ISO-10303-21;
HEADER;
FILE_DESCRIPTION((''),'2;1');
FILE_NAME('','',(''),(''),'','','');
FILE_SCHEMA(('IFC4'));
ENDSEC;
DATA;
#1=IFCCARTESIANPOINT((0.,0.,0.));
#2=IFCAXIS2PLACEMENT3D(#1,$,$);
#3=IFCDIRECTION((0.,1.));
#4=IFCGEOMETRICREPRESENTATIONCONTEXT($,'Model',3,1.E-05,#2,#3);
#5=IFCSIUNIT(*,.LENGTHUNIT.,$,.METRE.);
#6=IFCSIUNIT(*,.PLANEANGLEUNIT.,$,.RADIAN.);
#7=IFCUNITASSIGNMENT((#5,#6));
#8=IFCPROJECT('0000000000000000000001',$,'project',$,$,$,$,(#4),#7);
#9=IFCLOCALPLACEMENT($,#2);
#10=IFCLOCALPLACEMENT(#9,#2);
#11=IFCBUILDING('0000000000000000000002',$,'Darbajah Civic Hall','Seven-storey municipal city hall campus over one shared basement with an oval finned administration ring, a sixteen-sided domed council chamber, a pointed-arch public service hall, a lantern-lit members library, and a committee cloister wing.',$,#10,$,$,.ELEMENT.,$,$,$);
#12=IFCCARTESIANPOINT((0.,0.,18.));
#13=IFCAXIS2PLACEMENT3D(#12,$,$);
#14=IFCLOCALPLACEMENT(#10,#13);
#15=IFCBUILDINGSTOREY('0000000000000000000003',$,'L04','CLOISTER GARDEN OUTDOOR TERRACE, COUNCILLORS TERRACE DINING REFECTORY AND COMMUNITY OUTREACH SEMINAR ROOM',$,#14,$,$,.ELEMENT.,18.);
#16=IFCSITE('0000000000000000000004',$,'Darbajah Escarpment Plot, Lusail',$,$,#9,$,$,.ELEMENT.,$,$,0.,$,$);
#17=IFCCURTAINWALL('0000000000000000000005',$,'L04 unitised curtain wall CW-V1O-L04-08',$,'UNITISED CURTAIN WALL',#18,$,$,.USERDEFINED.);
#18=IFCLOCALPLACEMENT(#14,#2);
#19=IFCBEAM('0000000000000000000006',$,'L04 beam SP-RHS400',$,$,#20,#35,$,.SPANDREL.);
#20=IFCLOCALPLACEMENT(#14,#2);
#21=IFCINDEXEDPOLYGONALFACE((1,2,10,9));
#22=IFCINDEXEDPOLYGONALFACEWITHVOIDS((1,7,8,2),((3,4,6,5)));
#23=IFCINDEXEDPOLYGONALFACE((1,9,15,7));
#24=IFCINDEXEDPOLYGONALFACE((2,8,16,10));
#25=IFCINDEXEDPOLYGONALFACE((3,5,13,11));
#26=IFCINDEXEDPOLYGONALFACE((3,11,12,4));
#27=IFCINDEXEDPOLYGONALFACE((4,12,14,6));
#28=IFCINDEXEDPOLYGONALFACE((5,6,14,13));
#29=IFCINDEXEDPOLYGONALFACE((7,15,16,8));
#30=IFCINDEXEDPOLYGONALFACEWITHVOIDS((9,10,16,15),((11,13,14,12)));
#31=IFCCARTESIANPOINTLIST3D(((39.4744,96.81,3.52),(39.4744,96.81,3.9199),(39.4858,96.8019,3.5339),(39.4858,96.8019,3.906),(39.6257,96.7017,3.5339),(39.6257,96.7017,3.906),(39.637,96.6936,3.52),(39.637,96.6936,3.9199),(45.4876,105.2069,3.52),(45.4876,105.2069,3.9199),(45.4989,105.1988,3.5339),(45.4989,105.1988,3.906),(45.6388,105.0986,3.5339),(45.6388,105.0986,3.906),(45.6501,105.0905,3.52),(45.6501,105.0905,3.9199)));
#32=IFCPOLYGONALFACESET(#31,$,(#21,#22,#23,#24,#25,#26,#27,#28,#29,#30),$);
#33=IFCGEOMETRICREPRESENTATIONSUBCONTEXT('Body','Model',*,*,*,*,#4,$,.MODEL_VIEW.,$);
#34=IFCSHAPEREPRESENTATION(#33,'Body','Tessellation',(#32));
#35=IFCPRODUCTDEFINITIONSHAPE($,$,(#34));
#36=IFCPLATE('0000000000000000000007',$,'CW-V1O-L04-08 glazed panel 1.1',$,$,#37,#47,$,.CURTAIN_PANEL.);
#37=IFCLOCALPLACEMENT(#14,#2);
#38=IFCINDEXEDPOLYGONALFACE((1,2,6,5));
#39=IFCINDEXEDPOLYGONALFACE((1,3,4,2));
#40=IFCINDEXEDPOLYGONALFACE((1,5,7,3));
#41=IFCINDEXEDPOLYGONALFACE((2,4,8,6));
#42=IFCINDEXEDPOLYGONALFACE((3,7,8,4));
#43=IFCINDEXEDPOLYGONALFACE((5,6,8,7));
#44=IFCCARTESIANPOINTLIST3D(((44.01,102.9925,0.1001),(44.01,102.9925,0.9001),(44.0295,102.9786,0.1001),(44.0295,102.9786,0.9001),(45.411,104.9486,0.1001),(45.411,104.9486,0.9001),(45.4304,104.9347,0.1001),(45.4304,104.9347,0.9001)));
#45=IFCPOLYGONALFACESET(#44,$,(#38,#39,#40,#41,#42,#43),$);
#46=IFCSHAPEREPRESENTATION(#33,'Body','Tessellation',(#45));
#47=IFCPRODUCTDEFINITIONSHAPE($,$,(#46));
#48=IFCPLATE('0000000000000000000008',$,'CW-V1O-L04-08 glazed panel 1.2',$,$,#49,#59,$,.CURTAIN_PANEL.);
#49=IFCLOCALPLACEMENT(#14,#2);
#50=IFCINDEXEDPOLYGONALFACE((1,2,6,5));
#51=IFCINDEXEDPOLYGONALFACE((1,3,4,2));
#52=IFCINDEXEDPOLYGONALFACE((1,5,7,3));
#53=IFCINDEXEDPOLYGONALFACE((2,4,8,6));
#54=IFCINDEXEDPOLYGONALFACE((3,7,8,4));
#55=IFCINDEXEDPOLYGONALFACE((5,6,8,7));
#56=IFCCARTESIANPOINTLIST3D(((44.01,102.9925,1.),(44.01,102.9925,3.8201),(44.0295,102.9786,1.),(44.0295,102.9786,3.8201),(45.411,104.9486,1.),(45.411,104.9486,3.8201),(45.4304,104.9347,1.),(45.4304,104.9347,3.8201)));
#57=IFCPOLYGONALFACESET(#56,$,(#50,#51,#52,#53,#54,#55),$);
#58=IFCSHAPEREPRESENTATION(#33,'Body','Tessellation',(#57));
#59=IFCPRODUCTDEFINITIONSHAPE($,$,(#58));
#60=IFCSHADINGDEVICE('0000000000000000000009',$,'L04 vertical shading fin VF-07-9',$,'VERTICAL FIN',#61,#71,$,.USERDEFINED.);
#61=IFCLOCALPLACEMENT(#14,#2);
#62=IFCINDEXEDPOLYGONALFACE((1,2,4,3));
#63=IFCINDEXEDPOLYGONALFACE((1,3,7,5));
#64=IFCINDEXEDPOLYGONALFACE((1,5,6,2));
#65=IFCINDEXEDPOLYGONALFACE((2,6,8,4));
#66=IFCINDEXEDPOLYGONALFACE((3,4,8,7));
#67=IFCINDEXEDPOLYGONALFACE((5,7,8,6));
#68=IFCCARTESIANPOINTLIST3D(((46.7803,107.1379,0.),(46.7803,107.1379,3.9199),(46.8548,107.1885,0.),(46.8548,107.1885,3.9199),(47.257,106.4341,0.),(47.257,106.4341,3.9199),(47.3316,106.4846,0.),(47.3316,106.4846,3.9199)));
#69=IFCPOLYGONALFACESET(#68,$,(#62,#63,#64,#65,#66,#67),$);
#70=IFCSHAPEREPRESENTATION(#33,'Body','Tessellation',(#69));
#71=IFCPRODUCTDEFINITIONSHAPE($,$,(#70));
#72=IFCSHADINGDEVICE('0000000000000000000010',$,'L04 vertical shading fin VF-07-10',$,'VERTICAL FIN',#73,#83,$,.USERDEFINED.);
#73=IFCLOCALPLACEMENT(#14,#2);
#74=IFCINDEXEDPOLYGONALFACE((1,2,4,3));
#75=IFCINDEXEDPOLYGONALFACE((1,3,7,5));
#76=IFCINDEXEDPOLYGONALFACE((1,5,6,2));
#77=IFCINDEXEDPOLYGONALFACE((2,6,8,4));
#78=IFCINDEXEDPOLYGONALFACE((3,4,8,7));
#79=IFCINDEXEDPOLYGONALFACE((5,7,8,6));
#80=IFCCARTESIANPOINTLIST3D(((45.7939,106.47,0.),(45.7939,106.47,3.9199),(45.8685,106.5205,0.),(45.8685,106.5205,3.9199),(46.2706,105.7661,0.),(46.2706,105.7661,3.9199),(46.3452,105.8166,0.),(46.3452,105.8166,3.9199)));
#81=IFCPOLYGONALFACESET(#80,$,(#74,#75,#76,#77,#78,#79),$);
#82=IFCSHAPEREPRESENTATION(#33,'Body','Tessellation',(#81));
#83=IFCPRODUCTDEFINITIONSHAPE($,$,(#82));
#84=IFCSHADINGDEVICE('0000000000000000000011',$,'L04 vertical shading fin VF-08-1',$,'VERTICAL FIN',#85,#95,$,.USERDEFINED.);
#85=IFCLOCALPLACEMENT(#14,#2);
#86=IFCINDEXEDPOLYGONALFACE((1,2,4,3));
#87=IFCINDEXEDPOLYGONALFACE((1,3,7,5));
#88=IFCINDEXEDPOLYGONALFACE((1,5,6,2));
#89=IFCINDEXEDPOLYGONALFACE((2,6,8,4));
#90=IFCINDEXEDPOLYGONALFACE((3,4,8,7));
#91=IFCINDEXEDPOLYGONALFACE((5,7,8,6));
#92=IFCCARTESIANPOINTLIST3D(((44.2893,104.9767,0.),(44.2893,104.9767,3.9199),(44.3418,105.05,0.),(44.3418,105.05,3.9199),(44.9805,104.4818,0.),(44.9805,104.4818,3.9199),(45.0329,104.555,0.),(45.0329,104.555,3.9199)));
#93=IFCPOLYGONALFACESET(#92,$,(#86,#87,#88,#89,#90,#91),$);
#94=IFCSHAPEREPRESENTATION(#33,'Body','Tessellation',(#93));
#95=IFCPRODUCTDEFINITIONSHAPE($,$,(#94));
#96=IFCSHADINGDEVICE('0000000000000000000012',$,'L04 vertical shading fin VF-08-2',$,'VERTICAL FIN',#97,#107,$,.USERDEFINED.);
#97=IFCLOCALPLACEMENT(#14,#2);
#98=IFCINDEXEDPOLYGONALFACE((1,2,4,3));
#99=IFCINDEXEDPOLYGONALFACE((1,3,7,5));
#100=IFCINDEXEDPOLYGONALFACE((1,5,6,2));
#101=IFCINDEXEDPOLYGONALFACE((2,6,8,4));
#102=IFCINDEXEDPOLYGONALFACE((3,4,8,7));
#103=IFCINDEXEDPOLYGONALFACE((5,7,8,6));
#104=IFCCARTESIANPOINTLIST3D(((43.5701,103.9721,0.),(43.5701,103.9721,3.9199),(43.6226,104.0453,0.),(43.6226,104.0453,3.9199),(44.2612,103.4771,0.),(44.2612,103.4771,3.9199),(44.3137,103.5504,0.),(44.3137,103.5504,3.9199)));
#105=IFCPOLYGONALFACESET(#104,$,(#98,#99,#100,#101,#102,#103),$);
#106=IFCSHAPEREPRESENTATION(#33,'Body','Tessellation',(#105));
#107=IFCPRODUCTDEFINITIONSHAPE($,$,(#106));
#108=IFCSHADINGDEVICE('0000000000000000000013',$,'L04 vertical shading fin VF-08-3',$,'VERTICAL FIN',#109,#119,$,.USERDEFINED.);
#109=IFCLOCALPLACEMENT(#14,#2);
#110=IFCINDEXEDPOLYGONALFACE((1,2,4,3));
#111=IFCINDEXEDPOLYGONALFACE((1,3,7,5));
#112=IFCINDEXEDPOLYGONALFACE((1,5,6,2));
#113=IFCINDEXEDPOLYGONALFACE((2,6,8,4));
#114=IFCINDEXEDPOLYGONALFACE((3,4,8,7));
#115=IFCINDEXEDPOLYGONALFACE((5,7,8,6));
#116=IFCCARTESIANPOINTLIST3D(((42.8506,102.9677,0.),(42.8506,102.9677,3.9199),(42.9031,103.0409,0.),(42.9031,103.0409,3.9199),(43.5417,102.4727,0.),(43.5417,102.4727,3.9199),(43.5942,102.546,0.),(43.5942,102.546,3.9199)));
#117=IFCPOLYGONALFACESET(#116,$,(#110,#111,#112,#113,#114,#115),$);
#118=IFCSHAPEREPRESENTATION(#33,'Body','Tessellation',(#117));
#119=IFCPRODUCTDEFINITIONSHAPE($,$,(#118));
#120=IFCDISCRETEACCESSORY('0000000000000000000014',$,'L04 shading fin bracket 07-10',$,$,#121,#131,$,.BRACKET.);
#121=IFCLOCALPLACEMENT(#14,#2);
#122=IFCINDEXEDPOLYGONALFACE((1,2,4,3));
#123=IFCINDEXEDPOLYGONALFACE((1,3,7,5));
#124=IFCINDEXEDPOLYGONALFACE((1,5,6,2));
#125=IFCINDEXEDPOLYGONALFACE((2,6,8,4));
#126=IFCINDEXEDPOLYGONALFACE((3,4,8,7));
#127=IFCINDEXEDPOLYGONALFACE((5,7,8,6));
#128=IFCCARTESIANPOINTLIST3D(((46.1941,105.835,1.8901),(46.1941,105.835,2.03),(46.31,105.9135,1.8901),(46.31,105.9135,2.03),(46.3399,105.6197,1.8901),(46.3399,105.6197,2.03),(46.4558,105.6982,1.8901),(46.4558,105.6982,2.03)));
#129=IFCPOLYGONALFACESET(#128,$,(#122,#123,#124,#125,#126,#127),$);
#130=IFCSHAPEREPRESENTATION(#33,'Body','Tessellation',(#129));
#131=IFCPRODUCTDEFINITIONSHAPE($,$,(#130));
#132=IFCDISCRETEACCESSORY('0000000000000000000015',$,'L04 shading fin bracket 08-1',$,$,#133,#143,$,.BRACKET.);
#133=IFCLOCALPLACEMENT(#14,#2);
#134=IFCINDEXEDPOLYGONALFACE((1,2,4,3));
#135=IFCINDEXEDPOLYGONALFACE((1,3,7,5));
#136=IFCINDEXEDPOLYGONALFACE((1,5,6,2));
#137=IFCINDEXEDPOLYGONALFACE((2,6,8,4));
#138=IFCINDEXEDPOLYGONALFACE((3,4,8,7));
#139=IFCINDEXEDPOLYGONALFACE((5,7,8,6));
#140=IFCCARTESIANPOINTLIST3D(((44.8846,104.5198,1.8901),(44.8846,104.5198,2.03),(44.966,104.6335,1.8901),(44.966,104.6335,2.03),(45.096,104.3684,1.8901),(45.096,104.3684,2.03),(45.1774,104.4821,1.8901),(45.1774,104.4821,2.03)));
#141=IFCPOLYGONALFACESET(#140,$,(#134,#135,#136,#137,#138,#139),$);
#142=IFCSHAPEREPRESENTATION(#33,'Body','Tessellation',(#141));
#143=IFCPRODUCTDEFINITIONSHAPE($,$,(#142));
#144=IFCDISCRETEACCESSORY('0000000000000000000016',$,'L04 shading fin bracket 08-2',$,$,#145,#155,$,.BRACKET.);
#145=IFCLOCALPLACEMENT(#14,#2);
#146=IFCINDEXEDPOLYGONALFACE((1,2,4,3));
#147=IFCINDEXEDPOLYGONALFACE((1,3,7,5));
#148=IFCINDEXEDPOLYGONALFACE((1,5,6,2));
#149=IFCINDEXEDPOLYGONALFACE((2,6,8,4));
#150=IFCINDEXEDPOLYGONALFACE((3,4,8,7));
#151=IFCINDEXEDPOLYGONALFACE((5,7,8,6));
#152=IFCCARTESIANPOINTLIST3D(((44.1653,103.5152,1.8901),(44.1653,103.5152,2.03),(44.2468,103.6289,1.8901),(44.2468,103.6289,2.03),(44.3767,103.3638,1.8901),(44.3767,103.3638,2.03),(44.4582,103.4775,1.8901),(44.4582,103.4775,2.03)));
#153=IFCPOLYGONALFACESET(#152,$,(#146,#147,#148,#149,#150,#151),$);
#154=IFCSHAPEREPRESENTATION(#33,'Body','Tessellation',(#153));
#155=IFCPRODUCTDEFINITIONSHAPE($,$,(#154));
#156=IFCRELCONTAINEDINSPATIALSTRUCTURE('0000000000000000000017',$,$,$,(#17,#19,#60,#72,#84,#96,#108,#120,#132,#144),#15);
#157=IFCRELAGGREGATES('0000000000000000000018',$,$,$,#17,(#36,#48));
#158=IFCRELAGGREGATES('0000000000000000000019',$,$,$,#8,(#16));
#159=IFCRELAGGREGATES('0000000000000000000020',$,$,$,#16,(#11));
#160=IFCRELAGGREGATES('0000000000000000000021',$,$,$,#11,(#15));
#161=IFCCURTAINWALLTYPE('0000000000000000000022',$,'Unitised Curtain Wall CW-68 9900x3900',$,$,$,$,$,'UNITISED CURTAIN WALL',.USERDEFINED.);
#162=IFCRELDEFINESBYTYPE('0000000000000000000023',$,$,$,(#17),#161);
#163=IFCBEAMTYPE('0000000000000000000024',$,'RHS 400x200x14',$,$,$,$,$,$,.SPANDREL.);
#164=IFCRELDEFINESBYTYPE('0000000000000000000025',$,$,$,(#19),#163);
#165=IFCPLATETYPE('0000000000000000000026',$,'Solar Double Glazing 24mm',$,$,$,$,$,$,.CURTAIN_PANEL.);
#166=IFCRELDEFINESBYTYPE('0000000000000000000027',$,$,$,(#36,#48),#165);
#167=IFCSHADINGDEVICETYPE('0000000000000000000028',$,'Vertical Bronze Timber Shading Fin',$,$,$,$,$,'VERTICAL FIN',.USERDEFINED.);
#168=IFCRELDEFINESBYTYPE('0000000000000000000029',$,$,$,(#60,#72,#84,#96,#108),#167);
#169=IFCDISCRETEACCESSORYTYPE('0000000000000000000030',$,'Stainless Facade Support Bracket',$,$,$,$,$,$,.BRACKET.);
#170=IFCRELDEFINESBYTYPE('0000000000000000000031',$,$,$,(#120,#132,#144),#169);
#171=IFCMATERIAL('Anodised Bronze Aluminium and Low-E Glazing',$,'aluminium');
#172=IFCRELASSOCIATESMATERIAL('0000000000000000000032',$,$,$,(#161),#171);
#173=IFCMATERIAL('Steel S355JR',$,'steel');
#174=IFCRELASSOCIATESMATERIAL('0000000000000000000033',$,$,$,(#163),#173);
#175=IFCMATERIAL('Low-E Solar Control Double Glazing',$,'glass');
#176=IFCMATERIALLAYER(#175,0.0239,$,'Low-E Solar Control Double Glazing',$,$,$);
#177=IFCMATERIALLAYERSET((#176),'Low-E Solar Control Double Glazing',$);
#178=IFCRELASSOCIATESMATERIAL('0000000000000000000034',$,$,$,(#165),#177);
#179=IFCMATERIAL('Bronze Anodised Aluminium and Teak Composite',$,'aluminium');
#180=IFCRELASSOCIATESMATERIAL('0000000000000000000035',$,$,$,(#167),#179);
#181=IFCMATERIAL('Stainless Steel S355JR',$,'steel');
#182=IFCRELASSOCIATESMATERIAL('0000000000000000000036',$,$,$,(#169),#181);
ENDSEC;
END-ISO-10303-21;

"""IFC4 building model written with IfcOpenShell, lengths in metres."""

from ifc_helpers import new_model, si_unit, direction, frame, origin, origin_2d, place, context, subcontext, project, spatial, rectangle, hollow_rectangle, extrude, material, layer, layer_set, material_profile, profile_set, type_object, element, aggregate, save


model = new_model("IFC4")

# Units and contexts
model_context = context("Model", 3, precision=1e-05, world=origin(), true_north=direction((0.0, 1.0)))
body_context = subcontext(model_context, "Body", "Model", "MODEL_VIEW")
ifc_project = project(units=[si_unit("LENGTHUNIT", "METRE"), si_unit("PLANEANGLEUNIT", "RADIAN")], contexts=[model_context])

# Site, building, storey
site_placement = place(None, origin())
site = spatial("IfcSite", under=ifc_project, at=site_placement, Name="Darbajah Escarpment Plot, Lusail", CompositionType="ELEMENT", RefElevation=0.0)
building_placement = place(site_placement, origin())
building = spatial("IfcBuilding", under=site, at=building_placement, Name="Darbajah Civic Hall", Description="Seven-storey municipal city hall campus over one shared basement with an oval finned administration ring, a sixteen-sided domed council chamber, a pointed-arch public service hall, a lantern-lit members library, and a committee cloister wing.", CompositionType="ELEMENT")
storey_placement = place(building_placement, frame((0.0, 0.0, 18.0)))
storey = spatial("IfcBuildingStorey", under=building, at=storey_placement, Name="L04", Description="CLOISTER GARDEN OUTDOOR TERRACE, COUNCILLORS TERRACE DINING REFECTORY AND COMMUNITY OUTREACH SEMINAR ROOM", CompositionType="ELEMENT", Elevation=18.0)

# Curtain wall
ifc_material_1 = material(Name="Anodised Bronze Aluminium and Low-E Glazing", Category="aluminium")
curtain_wall_type_1 = type_object("IfcCurtainWallType", Name="Unitised Curtain Wall CW-68 9900x3900", ElementType="UNITISED CURTAIN WALL", PredefinedType="USERDEFINED", material=ifc_material_1)
curtain_wall_1_placement = place(storey_placement, origin())
curtain_wall_1 = element("IfcCurtainWall", 1, at=curtain_wall_1_placement, inside=storey, type_object=curtain_wall_type_1, Name="L04 unitised curtain wall CW-V1O-L04-08", ObjectType="UNITISED CURTAIN WALL", PredefinedType="USERDEFINED")

# Beam
ifc_material_2 = material(Name="Steel S355JR", Category="steel")
ifc_material_profile_1 = material_profile(ifc_material_2, hollow_rectangle(XDim=0.2, YDim=0.3999, WallThickness=0.0139, at=origin_2d()), Name="RHS 400x200x14")
ifc_profile_set_1 = profile_set([ifc_material_profile_1], Name="Steel S355JR")
beam_type = type_object("IfcBeamType", Name="RHS 400x200x14", PredefinedType="SPANDREL", material=ifc_profile_set_1)
beam_placement = place(storey_placement, frame((45.5688, 105.1487, 3.72), z_axis=(-0.582222, -0.81303, 0.0), x_axis=(0.81303, -0.582222, 0.0)))
element("IfcBeam", 2, at=beam_placement, inside=storey, type_object=beam_type, Name="L04 beam SP-RHS400", PredefinedType="SPANDREL", context=body_context, shape_type="SweptSolid", body=[
    extrude(hollow_rectangle(XDim=0.2, YDim=0.3999, WallThickness=0.0139, at=origin_2d()), origin(), (0.0, 0.0, 1.0), 10.3279),
])

# Plates
ifc_material_3 = material(Name="Low-E Solar Control Double Glazing", Category="glass")
ifc_layer = layer(ifc_material_3, 0.0239, Name="Low-E Solar Control Double Glazing")
ifc_layer_set = layer_set([ifc_layer], Name="Low-E Solar Control Double Glazing")
plate_type = type_object("IfcPlateType", Name="Solar Double Glazing 24mm", PredefinedType="CURTAIN_PANEL", material=ifc_layer_set)
plate_1_placement = place(storey_placement, frame((44.7202, 103.9636, 0.1001), z_axis=(0.0, 0.0, 1.0), x_axis=(-0.582265, -0.812999, 0.0)))
plate_1 = element("IfcPlate", 3, at=plate_1_placement, type_object=plate_type, Name="CW-V1O-L04-08 glazed panel 1.1", PredefinedType="CURTAIN_PANEL", context=body_context, shape_type="SweptSolid", body=[
    extrude(rectangle(XDim=2.406, YDim=0.0239, at=origin_2d()), origin(), (0.0, 0.0, 1.0), 0.8),
])
plate_2_placement = place(storey_placement, frame((44.7202, 103.9636, 1.0), z_axis=(0.0, 0.0, 1.0), x_axis=(-0.582265, -0.812999, 0.0)))
plate_2 = element("IfcPlate", 4, at=plate_2_placement, type_object=plate_type, Name="CW-V1O-L04-08 glazed panel 1.2", PredefinedType="CURTAIN_PANEL", context=body_context, shape_type="SweptSolid", body=[
    extrude(rectangle(XDim=2.406, YDim=0.0239, at=origin_2d()), origin(), (0.0, 0.0, 1.0), 2.8201),
])
aggregate(curtain_wall_1, [plate_1, plate_2])

# Shading devices
ifc_material_4 = material(Name="Bronze Anodised Aluminium and Teak Composite", Category="aluminium")
shading_device_type = type_object("IfcShadingDeviceType", Name="Vertical Bronze Timber Shading Fin", ElementType="VERTICAL FIN", PredefinedType="USERDEFINED", material=ifc_material_4)
for number, where, z_axis, x_axis, name in (
    (5, (47.0559, 106.8113, 0.0), (0.0, 0.0, 1.0), (-0.560784, 0.827962, 0.0), "L04 vertical shading fin VF-07-9"),
    (6, (46.0696, 106.1433, 0.0), (0.0, 0.0, 1.0), (-0.560784, 0.827962, 0.0), "L04 vertical shading fin VF-07-10"),
    (7, (44.6611, 104.7659, 0.0), (0.0, 0.0, 1.0), (-0.812999, 0.582265, 0.0), "L04 vertical shading fin VF-08-1"),
    (8, (43.9419, 103.7612, 0.0), (0.0, 0.0, 1.0), (-0.812999, 0.582265, 0.0), "L04 vertical shading fin VF-08-2"),
    (9, (43.2224, 102.7568, 0.0), (0.0, 0.0, 1.0), (-0.812999, 0.582265, 0.0), "L04 vertical shading fin VF-08-3"),
):
    element("IfcShadingDevice", number, at=place(storey_placement, frame(where, z_axis=z_axis, x_axis=x_axis)), inside=storey, type_object=shading_device_type, Name=name, ObjectType="VERTICAL FIN", PredefinedType="USERDEFINED", context=body_context, shape_type="SweptSolid", body=[
        extrude(rectangle(XDim=0.8501, YDim=0.0901, at=origin_2d()), origin(), (0.0, 0.0, 1.0), 3.9199),
    ])

# Discrete accessories
ifc_material_5 = material(Name="Stainless Steel S355JR", Category="steel")
discrete_accessory_type = type_object("IfcDiscreteAccessoryType", Name="Stainless Facade Support Bracket", PredefinedType="BRACKET", material=ifc_material_5)
for number, where, z_axis, x_axis, name in (
    (10, (46.325, 105.7666, 1.8901), (0.0, 0.0, 1.0), (-0.560784, 0.827962, 0.0), "L04 shading fin bracket 07-10"),
    (11, (45.031, 104.501, 1.8901), (0.0, 0.0, 1.0), (-0.812999, 0.582265, 0.0), "L04 shading fin bracket 08-1"),
    (12, (44.3118, 103.4963, 1.8901), (0.0, 0.0, 1.0), (-0.812999, 0.582265, 0.0), "L04 shading fin bracket 08-2"),
):
    element("IfcDiscreteAccessory", number, at=place(storey_placement, frame(where, z_axis=z_axis, x_axis=x_axis)), inside=storey, type_object=discrete_accessory_type, Name=name, PredefinedType="BRACKET", context=body_context, shape_type="SweptSolid", body=[
        extrude(rectangle(XDim=0.26, YDim=0.1399, at=origin_2d()), origin(), (0.0, 0.0, 1.0), 0.1399),
    ])

save(model, "model.ifc")
